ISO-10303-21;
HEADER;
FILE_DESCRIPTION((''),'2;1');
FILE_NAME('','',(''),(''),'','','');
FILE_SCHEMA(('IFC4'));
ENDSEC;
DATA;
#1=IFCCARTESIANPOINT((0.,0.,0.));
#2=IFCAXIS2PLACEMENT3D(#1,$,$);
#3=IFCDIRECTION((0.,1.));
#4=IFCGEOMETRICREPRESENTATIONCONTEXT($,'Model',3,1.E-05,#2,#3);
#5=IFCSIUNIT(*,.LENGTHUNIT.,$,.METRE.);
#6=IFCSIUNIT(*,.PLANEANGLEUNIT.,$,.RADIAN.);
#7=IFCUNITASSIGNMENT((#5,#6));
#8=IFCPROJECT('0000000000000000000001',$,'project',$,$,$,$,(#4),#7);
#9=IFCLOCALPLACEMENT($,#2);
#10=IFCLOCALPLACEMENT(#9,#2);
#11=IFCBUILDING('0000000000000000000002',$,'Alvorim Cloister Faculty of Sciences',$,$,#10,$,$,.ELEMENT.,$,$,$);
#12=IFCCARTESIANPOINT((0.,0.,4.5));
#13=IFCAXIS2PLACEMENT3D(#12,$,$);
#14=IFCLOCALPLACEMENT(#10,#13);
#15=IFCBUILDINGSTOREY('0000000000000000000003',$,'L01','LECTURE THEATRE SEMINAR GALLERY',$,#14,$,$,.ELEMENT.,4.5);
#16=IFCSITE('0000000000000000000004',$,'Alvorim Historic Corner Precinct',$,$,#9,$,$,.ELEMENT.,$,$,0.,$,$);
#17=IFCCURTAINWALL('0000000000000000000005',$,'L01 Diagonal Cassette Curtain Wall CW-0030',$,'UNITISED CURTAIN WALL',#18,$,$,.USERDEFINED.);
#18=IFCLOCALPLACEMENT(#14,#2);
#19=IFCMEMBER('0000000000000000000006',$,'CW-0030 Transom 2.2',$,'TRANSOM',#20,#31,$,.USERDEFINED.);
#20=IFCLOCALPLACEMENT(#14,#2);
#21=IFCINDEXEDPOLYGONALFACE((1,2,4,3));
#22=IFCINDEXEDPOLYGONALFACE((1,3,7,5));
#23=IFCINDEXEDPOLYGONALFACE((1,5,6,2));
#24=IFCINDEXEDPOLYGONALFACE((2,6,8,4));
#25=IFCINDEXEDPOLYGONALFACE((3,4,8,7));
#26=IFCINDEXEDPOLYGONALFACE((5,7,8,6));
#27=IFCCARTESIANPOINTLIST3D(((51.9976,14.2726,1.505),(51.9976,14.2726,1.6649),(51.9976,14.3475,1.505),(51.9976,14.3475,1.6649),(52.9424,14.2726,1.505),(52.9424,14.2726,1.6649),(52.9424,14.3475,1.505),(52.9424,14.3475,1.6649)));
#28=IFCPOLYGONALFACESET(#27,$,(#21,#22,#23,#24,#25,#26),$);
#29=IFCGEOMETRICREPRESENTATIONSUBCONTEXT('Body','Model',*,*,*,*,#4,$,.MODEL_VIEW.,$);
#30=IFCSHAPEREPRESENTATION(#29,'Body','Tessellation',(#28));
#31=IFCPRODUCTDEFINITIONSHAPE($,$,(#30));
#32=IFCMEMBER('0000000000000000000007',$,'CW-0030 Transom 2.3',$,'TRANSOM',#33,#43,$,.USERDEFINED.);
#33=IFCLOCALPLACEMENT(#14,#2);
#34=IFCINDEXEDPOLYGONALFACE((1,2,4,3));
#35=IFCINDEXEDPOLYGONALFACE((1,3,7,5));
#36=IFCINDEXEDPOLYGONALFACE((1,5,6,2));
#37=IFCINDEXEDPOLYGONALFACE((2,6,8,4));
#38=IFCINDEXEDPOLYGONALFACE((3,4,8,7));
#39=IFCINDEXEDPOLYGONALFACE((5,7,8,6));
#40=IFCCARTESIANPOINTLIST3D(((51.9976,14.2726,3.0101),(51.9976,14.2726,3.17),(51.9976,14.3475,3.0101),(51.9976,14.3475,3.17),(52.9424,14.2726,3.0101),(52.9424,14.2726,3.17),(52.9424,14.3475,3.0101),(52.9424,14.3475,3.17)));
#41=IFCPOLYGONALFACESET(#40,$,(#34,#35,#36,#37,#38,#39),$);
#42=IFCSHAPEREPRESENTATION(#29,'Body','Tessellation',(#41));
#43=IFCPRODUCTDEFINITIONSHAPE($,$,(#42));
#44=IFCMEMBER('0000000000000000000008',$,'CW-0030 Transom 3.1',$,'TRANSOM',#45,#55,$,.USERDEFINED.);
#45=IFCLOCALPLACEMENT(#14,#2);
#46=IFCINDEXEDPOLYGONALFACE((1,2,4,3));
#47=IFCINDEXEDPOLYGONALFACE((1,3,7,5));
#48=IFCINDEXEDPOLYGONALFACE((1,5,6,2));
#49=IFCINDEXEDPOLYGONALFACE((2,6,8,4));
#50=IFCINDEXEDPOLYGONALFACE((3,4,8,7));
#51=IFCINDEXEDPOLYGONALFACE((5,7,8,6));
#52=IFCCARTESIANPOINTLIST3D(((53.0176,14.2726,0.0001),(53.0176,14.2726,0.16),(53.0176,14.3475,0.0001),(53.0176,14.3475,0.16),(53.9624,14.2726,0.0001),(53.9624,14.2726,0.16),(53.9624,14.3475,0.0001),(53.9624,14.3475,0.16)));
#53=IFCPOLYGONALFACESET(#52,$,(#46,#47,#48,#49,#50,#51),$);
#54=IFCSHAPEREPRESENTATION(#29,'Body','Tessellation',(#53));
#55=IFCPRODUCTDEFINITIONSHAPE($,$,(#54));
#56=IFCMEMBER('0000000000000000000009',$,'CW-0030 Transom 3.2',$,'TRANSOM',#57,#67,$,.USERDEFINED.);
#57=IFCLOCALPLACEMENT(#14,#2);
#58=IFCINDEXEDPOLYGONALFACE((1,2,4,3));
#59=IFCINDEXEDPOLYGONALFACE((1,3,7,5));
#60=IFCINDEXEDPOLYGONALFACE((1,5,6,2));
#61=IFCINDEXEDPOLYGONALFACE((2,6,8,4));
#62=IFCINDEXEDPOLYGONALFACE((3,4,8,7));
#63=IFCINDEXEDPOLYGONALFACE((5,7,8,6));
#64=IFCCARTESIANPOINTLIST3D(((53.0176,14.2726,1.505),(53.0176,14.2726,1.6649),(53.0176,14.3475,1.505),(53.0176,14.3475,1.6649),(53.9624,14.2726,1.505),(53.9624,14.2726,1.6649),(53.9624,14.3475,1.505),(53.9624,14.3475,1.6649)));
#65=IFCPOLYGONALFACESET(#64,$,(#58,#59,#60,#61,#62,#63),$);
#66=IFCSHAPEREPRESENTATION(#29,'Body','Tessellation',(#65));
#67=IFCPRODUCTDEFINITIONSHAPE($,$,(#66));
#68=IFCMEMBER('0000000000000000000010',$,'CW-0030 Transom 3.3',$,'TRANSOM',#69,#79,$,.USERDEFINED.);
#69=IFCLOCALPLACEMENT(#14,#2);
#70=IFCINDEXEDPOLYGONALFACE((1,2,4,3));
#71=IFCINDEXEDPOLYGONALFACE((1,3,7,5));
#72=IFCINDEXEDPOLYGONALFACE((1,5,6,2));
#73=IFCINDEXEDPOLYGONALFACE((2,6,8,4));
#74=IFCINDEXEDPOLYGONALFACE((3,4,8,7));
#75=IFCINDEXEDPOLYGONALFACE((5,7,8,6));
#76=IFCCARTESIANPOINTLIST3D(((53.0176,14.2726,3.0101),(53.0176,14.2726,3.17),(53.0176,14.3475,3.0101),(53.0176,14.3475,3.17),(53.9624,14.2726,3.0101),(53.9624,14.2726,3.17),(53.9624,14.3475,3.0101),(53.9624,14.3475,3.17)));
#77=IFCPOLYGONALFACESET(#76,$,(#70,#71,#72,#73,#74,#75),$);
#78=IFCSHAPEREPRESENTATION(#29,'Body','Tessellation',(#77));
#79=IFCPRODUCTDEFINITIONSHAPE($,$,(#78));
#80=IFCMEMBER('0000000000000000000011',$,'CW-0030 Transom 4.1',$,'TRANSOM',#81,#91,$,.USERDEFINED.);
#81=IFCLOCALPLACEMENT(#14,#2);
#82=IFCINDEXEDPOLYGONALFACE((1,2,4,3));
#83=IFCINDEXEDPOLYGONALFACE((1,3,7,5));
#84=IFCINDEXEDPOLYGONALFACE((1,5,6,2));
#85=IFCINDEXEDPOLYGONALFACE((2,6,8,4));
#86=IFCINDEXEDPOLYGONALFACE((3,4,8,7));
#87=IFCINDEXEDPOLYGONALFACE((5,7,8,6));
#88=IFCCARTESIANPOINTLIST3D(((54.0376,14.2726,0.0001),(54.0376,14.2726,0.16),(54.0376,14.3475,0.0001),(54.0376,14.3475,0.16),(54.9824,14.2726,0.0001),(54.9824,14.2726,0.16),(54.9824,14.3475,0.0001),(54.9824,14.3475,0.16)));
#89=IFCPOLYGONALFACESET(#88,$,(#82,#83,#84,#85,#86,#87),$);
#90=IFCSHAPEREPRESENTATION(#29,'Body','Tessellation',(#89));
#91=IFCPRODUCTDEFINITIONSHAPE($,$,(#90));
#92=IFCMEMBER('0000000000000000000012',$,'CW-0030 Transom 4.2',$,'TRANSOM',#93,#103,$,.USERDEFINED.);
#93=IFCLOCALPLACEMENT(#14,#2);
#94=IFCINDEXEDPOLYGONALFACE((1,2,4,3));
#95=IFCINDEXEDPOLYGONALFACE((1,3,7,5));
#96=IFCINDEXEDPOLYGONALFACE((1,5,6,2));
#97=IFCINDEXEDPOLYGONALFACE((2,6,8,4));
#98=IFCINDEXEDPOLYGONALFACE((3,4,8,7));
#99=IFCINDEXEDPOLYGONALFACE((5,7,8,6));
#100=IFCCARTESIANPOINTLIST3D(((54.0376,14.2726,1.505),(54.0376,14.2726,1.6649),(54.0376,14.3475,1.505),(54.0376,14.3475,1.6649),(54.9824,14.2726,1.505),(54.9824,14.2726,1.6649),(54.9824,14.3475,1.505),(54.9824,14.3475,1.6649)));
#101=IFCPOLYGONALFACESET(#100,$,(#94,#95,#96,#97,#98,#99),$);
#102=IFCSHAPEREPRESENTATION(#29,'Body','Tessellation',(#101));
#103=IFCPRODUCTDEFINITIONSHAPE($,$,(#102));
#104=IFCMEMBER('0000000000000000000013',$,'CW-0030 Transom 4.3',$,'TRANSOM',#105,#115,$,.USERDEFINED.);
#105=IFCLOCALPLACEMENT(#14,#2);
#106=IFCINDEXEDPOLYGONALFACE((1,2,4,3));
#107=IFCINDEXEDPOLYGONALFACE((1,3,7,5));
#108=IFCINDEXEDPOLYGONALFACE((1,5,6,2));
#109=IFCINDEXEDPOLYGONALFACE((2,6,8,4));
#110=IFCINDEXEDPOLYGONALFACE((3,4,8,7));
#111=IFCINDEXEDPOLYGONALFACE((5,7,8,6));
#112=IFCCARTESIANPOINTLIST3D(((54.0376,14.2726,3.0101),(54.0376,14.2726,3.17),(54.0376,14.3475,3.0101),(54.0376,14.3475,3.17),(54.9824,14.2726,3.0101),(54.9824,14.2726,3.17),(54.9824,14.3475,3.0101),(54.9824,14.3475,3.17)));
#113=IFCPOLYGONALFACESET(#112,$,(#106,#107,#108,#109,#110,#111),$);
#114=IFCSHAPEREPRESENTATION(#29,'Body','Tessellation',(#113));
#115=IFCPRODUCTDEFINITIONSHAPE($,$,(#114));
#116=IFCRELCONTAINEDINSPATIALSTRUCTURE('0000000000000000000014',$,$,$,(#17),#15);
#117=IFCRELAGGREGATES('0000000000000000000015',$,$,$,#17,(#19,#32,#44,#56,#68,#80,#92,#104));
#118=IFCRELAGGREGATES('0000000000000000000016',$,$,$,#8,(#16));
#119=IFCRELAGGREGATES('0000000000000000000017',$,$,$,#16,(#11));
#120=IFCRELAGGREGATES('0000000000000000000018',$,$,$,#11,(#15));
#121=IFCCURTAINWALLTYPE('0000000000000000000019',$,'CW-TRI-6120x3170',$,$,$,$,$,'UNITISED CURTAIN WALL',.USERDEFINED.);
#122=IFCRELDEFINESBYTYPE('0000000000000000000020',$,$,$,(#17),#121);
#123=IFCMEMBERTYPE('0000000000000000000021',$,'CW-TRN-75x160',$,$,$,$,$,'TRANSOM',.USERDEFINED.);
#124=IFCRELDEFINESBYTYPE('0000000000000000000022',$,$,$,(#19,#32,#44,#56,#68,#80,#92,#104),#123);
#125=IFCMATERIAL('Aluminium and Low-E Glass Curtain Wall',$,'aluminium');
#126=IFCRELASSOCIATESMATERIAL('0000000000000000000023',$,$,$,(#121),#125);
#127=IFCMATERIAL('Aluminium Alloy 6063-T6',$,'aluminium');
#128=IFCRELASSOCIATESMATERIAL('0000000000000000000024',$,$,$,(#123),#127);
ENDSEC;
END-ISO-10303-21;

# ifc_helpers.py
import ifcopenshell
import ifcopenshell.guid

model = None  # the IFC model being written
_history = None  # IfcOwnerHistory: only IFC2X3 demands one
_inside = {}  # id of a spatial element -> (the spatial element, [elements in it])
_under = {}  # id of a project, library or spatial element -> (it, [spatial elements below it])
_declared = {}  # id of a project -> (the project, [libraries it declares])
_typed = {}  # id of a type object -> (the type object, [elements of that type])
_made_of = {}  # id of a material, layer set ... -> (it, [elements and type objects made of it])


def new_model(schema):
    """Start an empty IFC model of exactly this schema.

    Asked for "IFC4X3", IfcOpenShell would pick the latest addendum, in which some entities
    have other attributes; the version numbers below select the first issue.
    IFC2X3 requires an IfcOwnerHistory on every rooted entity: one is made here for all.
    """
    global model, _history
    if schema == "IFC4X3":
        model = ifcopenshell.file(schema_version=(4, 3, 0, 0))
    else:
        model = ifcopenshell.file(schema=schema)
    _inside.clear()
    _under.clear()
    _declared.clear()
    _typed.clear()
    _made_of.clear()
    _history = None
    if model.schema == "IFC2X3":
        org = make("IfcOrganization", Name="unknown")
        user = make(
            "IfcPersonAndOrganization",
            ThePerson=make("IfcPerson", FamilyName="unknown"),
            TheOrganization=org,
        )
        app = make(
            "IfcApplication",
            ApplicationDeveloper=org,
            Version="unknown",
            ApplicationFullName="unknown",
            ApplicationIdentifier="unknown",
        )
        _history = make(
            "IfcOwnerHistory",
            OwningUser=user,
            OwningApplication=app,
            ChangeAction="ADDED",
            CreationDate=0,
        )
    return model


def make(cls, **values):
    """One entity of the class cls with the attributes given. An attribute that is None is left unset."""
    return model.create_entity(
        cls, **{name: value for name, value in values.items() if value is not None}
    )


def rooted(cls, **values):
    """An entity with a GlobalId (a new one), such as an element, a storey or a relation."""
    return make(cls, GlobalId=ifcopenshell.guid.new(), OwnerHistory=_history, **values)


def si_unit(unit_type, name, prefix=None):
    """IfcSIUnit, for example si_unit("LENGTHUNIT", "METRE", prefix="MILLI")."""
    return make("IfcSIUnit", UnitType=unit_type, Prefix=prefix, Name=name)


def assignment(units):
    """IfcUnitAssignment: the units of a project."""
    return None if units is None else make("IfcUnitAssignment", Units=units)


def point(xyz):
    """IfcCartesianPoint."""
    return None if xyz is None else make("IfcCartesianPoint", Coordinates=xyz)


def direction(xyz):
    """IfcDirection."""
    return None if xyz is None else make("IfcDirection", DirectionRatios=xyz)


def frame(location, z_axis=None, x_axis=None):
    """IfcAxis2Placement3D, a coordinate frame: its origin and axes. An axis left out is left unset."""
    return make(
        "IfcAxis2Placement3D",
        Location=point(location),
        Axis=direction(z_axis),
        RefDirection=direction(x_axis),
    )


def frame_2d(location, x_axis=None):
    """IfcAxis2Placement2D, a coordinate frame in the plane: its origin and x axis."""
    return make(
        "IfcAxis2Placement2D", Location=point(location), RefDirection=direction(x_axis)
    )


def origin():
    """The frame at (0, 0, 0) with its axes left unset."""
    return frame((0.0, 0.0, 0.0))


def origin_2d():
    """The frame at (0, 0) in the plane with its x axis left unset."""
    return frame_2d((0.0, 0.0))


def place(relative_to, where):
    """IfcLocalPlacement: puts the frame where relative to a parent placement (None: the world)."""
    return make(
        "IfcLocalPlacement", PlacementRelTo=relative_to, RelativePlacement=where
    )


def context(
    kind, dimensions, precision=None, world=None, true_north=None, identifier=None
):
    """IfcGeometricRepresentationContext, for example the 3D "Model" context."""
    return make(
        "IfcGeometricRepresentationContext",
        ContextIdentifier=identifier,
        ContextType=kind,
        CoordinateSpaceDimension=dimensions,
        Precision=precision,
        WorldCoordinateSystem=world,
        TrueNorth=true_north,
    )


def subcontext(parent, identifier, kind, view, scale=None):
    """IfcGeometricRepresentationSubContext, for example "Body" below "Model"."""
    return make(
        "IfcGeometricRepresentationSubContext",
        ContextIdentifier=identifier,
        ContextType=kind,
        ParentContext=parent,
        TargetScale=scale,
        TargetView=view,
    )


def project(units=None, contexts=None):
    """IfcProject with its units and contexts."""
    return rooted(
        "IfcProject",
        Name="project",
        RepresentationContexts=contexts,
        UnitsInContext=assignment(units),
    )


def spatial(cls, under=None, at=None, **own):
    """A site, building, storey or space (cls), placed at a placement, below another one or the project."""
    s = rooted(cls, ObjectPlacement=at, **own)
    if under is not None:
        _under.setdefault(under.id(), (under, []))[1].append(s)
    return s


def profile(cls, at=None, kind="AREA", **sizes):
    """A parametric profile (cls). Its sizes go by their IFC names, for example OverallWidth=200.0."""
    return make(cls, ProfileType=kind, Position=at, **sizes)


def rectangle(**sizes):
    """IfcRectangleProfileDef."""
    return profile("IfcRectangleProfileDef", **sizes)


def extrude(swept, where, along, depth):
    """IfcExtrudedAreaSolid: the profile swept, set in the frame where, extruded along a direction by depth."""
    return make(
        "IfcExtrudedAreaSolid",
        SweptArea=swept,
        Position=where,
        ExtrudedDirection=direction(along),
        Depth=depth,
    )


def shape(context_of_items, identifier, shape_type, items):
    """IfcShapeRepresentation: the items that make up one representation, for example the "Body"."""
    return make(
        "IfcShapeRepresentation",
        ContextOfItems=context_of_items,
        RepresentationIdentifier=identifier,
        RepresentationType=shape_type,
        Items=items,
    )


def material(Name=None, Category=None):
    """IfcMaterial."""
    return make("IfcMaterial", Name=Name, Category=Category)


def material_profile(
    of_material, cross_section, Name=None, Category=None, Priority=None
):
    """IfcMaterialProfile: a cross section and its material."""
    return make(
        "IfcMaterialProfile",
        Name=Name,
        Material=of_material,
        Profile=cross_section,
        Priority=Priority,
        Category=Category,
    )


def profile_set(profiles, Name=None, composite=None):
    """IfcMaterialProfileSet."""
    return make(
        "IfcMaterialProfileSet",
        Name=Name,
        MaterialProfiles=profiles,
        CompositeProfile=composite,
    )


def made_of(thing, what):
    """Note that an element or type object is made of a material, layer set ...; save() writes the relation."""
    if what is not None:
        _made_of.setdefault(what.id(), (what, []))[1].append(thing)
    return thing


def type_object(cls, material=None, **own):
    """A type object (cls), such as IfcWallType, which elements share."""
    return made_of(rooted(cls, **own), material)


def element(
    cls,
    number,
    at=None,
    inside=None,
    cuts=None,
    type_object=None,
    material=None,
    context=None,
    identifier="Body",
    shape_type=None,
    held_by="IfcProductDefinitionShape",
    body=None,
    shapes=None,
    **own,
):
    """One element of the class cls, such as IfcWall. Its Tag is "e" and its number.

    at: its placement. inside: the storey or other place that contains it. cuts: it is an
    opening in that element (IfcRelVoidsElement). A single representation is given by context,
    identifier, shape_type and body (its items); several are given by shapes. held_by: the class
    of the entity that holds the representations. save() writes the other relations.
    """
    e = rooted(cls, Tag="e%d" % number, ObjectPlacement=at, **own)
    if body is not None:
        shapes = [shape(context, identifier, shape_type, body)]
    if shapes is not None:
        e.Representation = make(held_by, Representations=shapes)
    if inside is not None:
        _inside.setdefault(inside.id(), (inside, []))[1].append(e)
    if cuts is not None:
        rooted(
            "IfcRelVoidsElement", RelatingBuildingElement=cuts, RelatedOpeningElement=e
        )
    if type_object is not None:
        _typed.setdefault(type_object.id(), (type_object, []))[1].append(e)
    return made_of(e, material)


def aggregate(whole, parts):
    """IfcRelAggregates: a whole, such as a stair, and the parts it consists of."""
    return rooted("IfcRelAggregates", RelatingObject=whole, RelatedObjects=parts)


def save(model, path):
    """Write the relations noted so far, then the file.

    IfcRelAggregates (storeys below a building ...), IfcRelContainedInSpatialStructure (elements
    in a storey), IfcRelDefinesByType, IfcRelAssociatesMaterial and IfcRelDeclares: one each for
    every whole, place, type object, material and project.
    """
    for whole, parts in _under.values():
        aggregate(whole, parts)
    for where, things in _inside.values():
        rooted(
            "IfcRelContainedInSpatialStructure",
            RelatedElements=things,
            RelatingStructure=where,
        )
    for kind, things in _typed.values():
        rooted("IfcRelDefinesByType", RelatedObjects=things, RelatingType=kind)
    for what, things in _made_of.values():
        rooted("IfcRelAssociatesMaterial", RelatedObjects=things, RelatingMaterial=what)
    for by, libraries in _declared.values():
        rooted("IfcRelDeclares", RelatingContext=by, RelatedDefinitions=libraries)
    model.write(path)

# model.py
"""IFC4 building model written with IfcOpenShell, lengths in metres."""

from ifc_helpers import new_model, si_unit, direction, frame, origin, origin_2d, place, context, subcontext, project, spatial, rectangle, extrude, material, material_profile, profile_set, type_object, element, aggregate, save


model = new_model("IFC4")

# Units and contexts
model_context = context("Model", 3, precision=1e-05, world=origin(), true_north=direction((0.0, 1.0)))
body_context = subcontext(model_context, "Body", "Model", "MODEL_VIEW")
ifc_project = project(units=[si_unit("LENGTHUNIT", "METRE"), si_unit("PLANEANGLEUNIT", "RADIAN")], contexts=[model_context])

# Site, building, storey
site_placement = place(None, origin())
site = spatial("IfcSite", under=ifc_project, at=site_placement, Name="Alvorim Historic Corner Precinct", CompositionType="ELEMENT", RefElevation=0.0)
building_placement = place(site_placement, origin())
building = spatial("IfcBuilding", under=site, at=building_placement, Name="Alvorim Cloister Faculty of Sciences", CompositionType="ELEMENT")
storey_placement = place(building_placement, frame((0.0, 0.0, 4.5)))
storey = spatial("IfcBuildingStorey", under=building, at=storey_placement, Name="L01", Description="LECTURE THEATRE SEMINAR GALLERY", CompositionType="ELEMENT", Elevation=4.5)

# Shared definitions
ifc_material_1 = material(Name="Aluminium and Low-E Glass Curtain Wall", Category="aluminium")
curtain_wall_type = type_object("IfcCurtainWallType", Name="CW-TRI-6120x3170", ElementType="UNITISED CURTAIN WALL", PredefinedType="USERDEFINED", material=ifc_material_1)
ifc_material_2 = material(Name="Aluminium Alloy 6063-T6", Category="aluminium")

# Curtain wall, members
curtain_wall_1_placement = place(storey_placement, origin())
curtain_wall_1 = element("IfcCurtainWall", 1, at=curtain_wall_1_placement, inside=storey, type_object=curtain_wall_type, Name="L01 Diagonal Cassette Curtain Wall CW-0030", ObjectType="UNITISED CURTAIN WALL", PredefinedType="USERDEFINED")
ifc_material_profile_1 = material_profile(ifc_material_2, rectangle(XDim=0.075, YDim=0.1599, at=origin_2d()), Name="ALU-TRN-75x160")
ifc_profile_set_1 = profile_set([ifc_material_profile_1], Name="Aluminium Alloy 6063-T6")
member_type_1 = type_object("IfcMemberType", Name="CW-TRN-75x160", ElementType="TRANSOM", PredefinedType="USERDEFINED", material=ifc_profile_set_1)
member_1_placement = place(storey_placement, frame((51.9976, 14.3101, 1.585), z_axis=(1.0, 0.0, 0.0), x_axis=(0.0, 1.0, 0.0)))
member_1 = element("IfcMember", 2, at=member_1_placement, type_object=member_type_1, Name="CW-0030 Transom 2.2", ObjectType="TRANSOM", PredefinedType="USERDEFINED", context=body_context, shape_type="SweptSolid", body=[
    extrude(rectangle(XDim=0.075, YDim=0.1599, at=origin_2d()), origin(), (0.0, 0.0, 1.0), 0.9448),
])
member_2_placement = place(storey_placement, frame((51.9976, 14.3101, 3.0901), z_axis=(1.0, 0.0, 0.0), x_axis=(0.0, 1.0, 0.0)))
member_2 = element("IfcMember", 3, at=member_2_placement, type_object=member_type_1, Name="CW-0030 Transom 2.3", ObjectType="TRANSOM", PredefinedType="USERDEFINED", context=body_context, shape_type="SweptSolid", body=[
    extrude(rectangle(XDim=0.075, YDim=0.1599, at=origin_2d()), origin(), (0.0, 0.0, 1.0), 0.9448),
])
member_3_placement = place(storey_placement, frame((53.0176, 14.3101, 0.0801), z_axis=(1.0, 0.0, 0.0), x_axis=(0.0, 1.0, 0.0)))
member_3 = element("IfcMember", 4, at=member_3_placement, type_object=member_type_1, Name="CW-0030 Transom 3.1", ObjectType="TRANSOM", PredefinedType="USERDEFINED", context=body_context, shape_type="SweptSolid", body=[
    extrude(rectangle(XDim=0.075, YDim=0.1599, at=origin_2d()), origin(), (0.0, 0.0, 1.0), 0.9448),
])
member_4_placement = place(storey_placement, frame((53.0176, 14.3101, 1.585), z_axis=(1.0, 0.0, 0.0), x_axis=(0.0, 1.0, 0.0)))
member_4 = element("IfcMember", 5, at=member_4_placement, type_object=member_type_1, Name="CW-0030 Transom 3.2", ObjectType="TRANSOM", PredefinedType="USERDEFINED", context=body_context, shape_type="SweptSolid", body=[
    extrude(rectangle(XDim=0.075, YDim=0.1599, at=origin_2d()), origin(), (0.0, 0.0, 1.0), 0.9448),
])
member_5_placement = place(storey_placement, frame((53.0176, 14.3101, 3.0901), z_axis=(1.0, 0.0, 0.0), x_axis=(0.0, 1.0, 0.0)))
member_5 = element("IfcMember", 6, at=member_5_placement, type_object=member_type_1, Name="CW-0030 Transom 3.3", ObjectType="TRANSOM", PredefinedType="USERDEFINED", context=body_context, shape_type="SweptSolid", body=[
    extrude(rectangle(XDim=0.075, YDim=0.1599, at=origin_2d()), origin(), (0.0, 0.0, 1.0), 0.9448),
])
member_6_placement = place(storey_placement, frame((54.0376, 14.3101, 0.0801), z_axis=(1.0, 0.0, 0.0), x_axis=(0.0, 1.0, 0.0)))
member_6 = element("IfcMember", 7, at=member_6_placement, type_object=member_type_1, Name="CW-0030 Transom 4.1", ObjectType="TRANSOM", PredefinedType="USERDEFINED", context=body_context, shape_type="SweptSolid", body=[
    extrude(rectangle(XDim=0.075, YDim=0.1599, at=origin_2d()), origin(), (0.0, 0.0, 1.0), 0.9448),
])
member_7_placement = place(storey_placement, frame((54.0376, 14.3101, 1.585), z_axis=(1.0, 0.0, 0.0), x_axis=(0.0, 1.0, 0.0)))
member_7 = element("IfcMember", 8, at=member_7_placement, type_object=member_type_1, Name="CW-0030 Transom 4.2", ObjectType="TRANSOM", PredefinedType="USERDEFINED", context=body_context, shape_type="SweptSolid", body=[
    extrude(rectangle(XDim=0.075, YDim=0.1599, at=origin_2d()), origin(), (0.0, 0.0, 1.0), 0.9448),
])
member_8_placement = place(storey_placement, frame((54.0376, 14.3101, 3.0901), z_axis=(1.0, 0.0, 0.0), x_axis=(0.0, 1.0, 0.0)))
member_8 = element("IfcMember", 9, at=member_8_placement, type_object=member_type_1, Name="CW-0030 Transom 4.3", ObjectType="TRANSOM", PredefinedType="USERDEFINED", context=body_context, shape_type="SweptSolid", body=[
    extrude(rectangle(XDim=0.075, YDim=0.1599, at=origin_2d()), origin(), (0.0, 0.0, 1.0), 0.9448),
])
aggregate(curtain_wall_1, [member_1, member_2, member_3, member_4, member_5, member_6, member_7, member_8])

save(model, "model.ifc")
